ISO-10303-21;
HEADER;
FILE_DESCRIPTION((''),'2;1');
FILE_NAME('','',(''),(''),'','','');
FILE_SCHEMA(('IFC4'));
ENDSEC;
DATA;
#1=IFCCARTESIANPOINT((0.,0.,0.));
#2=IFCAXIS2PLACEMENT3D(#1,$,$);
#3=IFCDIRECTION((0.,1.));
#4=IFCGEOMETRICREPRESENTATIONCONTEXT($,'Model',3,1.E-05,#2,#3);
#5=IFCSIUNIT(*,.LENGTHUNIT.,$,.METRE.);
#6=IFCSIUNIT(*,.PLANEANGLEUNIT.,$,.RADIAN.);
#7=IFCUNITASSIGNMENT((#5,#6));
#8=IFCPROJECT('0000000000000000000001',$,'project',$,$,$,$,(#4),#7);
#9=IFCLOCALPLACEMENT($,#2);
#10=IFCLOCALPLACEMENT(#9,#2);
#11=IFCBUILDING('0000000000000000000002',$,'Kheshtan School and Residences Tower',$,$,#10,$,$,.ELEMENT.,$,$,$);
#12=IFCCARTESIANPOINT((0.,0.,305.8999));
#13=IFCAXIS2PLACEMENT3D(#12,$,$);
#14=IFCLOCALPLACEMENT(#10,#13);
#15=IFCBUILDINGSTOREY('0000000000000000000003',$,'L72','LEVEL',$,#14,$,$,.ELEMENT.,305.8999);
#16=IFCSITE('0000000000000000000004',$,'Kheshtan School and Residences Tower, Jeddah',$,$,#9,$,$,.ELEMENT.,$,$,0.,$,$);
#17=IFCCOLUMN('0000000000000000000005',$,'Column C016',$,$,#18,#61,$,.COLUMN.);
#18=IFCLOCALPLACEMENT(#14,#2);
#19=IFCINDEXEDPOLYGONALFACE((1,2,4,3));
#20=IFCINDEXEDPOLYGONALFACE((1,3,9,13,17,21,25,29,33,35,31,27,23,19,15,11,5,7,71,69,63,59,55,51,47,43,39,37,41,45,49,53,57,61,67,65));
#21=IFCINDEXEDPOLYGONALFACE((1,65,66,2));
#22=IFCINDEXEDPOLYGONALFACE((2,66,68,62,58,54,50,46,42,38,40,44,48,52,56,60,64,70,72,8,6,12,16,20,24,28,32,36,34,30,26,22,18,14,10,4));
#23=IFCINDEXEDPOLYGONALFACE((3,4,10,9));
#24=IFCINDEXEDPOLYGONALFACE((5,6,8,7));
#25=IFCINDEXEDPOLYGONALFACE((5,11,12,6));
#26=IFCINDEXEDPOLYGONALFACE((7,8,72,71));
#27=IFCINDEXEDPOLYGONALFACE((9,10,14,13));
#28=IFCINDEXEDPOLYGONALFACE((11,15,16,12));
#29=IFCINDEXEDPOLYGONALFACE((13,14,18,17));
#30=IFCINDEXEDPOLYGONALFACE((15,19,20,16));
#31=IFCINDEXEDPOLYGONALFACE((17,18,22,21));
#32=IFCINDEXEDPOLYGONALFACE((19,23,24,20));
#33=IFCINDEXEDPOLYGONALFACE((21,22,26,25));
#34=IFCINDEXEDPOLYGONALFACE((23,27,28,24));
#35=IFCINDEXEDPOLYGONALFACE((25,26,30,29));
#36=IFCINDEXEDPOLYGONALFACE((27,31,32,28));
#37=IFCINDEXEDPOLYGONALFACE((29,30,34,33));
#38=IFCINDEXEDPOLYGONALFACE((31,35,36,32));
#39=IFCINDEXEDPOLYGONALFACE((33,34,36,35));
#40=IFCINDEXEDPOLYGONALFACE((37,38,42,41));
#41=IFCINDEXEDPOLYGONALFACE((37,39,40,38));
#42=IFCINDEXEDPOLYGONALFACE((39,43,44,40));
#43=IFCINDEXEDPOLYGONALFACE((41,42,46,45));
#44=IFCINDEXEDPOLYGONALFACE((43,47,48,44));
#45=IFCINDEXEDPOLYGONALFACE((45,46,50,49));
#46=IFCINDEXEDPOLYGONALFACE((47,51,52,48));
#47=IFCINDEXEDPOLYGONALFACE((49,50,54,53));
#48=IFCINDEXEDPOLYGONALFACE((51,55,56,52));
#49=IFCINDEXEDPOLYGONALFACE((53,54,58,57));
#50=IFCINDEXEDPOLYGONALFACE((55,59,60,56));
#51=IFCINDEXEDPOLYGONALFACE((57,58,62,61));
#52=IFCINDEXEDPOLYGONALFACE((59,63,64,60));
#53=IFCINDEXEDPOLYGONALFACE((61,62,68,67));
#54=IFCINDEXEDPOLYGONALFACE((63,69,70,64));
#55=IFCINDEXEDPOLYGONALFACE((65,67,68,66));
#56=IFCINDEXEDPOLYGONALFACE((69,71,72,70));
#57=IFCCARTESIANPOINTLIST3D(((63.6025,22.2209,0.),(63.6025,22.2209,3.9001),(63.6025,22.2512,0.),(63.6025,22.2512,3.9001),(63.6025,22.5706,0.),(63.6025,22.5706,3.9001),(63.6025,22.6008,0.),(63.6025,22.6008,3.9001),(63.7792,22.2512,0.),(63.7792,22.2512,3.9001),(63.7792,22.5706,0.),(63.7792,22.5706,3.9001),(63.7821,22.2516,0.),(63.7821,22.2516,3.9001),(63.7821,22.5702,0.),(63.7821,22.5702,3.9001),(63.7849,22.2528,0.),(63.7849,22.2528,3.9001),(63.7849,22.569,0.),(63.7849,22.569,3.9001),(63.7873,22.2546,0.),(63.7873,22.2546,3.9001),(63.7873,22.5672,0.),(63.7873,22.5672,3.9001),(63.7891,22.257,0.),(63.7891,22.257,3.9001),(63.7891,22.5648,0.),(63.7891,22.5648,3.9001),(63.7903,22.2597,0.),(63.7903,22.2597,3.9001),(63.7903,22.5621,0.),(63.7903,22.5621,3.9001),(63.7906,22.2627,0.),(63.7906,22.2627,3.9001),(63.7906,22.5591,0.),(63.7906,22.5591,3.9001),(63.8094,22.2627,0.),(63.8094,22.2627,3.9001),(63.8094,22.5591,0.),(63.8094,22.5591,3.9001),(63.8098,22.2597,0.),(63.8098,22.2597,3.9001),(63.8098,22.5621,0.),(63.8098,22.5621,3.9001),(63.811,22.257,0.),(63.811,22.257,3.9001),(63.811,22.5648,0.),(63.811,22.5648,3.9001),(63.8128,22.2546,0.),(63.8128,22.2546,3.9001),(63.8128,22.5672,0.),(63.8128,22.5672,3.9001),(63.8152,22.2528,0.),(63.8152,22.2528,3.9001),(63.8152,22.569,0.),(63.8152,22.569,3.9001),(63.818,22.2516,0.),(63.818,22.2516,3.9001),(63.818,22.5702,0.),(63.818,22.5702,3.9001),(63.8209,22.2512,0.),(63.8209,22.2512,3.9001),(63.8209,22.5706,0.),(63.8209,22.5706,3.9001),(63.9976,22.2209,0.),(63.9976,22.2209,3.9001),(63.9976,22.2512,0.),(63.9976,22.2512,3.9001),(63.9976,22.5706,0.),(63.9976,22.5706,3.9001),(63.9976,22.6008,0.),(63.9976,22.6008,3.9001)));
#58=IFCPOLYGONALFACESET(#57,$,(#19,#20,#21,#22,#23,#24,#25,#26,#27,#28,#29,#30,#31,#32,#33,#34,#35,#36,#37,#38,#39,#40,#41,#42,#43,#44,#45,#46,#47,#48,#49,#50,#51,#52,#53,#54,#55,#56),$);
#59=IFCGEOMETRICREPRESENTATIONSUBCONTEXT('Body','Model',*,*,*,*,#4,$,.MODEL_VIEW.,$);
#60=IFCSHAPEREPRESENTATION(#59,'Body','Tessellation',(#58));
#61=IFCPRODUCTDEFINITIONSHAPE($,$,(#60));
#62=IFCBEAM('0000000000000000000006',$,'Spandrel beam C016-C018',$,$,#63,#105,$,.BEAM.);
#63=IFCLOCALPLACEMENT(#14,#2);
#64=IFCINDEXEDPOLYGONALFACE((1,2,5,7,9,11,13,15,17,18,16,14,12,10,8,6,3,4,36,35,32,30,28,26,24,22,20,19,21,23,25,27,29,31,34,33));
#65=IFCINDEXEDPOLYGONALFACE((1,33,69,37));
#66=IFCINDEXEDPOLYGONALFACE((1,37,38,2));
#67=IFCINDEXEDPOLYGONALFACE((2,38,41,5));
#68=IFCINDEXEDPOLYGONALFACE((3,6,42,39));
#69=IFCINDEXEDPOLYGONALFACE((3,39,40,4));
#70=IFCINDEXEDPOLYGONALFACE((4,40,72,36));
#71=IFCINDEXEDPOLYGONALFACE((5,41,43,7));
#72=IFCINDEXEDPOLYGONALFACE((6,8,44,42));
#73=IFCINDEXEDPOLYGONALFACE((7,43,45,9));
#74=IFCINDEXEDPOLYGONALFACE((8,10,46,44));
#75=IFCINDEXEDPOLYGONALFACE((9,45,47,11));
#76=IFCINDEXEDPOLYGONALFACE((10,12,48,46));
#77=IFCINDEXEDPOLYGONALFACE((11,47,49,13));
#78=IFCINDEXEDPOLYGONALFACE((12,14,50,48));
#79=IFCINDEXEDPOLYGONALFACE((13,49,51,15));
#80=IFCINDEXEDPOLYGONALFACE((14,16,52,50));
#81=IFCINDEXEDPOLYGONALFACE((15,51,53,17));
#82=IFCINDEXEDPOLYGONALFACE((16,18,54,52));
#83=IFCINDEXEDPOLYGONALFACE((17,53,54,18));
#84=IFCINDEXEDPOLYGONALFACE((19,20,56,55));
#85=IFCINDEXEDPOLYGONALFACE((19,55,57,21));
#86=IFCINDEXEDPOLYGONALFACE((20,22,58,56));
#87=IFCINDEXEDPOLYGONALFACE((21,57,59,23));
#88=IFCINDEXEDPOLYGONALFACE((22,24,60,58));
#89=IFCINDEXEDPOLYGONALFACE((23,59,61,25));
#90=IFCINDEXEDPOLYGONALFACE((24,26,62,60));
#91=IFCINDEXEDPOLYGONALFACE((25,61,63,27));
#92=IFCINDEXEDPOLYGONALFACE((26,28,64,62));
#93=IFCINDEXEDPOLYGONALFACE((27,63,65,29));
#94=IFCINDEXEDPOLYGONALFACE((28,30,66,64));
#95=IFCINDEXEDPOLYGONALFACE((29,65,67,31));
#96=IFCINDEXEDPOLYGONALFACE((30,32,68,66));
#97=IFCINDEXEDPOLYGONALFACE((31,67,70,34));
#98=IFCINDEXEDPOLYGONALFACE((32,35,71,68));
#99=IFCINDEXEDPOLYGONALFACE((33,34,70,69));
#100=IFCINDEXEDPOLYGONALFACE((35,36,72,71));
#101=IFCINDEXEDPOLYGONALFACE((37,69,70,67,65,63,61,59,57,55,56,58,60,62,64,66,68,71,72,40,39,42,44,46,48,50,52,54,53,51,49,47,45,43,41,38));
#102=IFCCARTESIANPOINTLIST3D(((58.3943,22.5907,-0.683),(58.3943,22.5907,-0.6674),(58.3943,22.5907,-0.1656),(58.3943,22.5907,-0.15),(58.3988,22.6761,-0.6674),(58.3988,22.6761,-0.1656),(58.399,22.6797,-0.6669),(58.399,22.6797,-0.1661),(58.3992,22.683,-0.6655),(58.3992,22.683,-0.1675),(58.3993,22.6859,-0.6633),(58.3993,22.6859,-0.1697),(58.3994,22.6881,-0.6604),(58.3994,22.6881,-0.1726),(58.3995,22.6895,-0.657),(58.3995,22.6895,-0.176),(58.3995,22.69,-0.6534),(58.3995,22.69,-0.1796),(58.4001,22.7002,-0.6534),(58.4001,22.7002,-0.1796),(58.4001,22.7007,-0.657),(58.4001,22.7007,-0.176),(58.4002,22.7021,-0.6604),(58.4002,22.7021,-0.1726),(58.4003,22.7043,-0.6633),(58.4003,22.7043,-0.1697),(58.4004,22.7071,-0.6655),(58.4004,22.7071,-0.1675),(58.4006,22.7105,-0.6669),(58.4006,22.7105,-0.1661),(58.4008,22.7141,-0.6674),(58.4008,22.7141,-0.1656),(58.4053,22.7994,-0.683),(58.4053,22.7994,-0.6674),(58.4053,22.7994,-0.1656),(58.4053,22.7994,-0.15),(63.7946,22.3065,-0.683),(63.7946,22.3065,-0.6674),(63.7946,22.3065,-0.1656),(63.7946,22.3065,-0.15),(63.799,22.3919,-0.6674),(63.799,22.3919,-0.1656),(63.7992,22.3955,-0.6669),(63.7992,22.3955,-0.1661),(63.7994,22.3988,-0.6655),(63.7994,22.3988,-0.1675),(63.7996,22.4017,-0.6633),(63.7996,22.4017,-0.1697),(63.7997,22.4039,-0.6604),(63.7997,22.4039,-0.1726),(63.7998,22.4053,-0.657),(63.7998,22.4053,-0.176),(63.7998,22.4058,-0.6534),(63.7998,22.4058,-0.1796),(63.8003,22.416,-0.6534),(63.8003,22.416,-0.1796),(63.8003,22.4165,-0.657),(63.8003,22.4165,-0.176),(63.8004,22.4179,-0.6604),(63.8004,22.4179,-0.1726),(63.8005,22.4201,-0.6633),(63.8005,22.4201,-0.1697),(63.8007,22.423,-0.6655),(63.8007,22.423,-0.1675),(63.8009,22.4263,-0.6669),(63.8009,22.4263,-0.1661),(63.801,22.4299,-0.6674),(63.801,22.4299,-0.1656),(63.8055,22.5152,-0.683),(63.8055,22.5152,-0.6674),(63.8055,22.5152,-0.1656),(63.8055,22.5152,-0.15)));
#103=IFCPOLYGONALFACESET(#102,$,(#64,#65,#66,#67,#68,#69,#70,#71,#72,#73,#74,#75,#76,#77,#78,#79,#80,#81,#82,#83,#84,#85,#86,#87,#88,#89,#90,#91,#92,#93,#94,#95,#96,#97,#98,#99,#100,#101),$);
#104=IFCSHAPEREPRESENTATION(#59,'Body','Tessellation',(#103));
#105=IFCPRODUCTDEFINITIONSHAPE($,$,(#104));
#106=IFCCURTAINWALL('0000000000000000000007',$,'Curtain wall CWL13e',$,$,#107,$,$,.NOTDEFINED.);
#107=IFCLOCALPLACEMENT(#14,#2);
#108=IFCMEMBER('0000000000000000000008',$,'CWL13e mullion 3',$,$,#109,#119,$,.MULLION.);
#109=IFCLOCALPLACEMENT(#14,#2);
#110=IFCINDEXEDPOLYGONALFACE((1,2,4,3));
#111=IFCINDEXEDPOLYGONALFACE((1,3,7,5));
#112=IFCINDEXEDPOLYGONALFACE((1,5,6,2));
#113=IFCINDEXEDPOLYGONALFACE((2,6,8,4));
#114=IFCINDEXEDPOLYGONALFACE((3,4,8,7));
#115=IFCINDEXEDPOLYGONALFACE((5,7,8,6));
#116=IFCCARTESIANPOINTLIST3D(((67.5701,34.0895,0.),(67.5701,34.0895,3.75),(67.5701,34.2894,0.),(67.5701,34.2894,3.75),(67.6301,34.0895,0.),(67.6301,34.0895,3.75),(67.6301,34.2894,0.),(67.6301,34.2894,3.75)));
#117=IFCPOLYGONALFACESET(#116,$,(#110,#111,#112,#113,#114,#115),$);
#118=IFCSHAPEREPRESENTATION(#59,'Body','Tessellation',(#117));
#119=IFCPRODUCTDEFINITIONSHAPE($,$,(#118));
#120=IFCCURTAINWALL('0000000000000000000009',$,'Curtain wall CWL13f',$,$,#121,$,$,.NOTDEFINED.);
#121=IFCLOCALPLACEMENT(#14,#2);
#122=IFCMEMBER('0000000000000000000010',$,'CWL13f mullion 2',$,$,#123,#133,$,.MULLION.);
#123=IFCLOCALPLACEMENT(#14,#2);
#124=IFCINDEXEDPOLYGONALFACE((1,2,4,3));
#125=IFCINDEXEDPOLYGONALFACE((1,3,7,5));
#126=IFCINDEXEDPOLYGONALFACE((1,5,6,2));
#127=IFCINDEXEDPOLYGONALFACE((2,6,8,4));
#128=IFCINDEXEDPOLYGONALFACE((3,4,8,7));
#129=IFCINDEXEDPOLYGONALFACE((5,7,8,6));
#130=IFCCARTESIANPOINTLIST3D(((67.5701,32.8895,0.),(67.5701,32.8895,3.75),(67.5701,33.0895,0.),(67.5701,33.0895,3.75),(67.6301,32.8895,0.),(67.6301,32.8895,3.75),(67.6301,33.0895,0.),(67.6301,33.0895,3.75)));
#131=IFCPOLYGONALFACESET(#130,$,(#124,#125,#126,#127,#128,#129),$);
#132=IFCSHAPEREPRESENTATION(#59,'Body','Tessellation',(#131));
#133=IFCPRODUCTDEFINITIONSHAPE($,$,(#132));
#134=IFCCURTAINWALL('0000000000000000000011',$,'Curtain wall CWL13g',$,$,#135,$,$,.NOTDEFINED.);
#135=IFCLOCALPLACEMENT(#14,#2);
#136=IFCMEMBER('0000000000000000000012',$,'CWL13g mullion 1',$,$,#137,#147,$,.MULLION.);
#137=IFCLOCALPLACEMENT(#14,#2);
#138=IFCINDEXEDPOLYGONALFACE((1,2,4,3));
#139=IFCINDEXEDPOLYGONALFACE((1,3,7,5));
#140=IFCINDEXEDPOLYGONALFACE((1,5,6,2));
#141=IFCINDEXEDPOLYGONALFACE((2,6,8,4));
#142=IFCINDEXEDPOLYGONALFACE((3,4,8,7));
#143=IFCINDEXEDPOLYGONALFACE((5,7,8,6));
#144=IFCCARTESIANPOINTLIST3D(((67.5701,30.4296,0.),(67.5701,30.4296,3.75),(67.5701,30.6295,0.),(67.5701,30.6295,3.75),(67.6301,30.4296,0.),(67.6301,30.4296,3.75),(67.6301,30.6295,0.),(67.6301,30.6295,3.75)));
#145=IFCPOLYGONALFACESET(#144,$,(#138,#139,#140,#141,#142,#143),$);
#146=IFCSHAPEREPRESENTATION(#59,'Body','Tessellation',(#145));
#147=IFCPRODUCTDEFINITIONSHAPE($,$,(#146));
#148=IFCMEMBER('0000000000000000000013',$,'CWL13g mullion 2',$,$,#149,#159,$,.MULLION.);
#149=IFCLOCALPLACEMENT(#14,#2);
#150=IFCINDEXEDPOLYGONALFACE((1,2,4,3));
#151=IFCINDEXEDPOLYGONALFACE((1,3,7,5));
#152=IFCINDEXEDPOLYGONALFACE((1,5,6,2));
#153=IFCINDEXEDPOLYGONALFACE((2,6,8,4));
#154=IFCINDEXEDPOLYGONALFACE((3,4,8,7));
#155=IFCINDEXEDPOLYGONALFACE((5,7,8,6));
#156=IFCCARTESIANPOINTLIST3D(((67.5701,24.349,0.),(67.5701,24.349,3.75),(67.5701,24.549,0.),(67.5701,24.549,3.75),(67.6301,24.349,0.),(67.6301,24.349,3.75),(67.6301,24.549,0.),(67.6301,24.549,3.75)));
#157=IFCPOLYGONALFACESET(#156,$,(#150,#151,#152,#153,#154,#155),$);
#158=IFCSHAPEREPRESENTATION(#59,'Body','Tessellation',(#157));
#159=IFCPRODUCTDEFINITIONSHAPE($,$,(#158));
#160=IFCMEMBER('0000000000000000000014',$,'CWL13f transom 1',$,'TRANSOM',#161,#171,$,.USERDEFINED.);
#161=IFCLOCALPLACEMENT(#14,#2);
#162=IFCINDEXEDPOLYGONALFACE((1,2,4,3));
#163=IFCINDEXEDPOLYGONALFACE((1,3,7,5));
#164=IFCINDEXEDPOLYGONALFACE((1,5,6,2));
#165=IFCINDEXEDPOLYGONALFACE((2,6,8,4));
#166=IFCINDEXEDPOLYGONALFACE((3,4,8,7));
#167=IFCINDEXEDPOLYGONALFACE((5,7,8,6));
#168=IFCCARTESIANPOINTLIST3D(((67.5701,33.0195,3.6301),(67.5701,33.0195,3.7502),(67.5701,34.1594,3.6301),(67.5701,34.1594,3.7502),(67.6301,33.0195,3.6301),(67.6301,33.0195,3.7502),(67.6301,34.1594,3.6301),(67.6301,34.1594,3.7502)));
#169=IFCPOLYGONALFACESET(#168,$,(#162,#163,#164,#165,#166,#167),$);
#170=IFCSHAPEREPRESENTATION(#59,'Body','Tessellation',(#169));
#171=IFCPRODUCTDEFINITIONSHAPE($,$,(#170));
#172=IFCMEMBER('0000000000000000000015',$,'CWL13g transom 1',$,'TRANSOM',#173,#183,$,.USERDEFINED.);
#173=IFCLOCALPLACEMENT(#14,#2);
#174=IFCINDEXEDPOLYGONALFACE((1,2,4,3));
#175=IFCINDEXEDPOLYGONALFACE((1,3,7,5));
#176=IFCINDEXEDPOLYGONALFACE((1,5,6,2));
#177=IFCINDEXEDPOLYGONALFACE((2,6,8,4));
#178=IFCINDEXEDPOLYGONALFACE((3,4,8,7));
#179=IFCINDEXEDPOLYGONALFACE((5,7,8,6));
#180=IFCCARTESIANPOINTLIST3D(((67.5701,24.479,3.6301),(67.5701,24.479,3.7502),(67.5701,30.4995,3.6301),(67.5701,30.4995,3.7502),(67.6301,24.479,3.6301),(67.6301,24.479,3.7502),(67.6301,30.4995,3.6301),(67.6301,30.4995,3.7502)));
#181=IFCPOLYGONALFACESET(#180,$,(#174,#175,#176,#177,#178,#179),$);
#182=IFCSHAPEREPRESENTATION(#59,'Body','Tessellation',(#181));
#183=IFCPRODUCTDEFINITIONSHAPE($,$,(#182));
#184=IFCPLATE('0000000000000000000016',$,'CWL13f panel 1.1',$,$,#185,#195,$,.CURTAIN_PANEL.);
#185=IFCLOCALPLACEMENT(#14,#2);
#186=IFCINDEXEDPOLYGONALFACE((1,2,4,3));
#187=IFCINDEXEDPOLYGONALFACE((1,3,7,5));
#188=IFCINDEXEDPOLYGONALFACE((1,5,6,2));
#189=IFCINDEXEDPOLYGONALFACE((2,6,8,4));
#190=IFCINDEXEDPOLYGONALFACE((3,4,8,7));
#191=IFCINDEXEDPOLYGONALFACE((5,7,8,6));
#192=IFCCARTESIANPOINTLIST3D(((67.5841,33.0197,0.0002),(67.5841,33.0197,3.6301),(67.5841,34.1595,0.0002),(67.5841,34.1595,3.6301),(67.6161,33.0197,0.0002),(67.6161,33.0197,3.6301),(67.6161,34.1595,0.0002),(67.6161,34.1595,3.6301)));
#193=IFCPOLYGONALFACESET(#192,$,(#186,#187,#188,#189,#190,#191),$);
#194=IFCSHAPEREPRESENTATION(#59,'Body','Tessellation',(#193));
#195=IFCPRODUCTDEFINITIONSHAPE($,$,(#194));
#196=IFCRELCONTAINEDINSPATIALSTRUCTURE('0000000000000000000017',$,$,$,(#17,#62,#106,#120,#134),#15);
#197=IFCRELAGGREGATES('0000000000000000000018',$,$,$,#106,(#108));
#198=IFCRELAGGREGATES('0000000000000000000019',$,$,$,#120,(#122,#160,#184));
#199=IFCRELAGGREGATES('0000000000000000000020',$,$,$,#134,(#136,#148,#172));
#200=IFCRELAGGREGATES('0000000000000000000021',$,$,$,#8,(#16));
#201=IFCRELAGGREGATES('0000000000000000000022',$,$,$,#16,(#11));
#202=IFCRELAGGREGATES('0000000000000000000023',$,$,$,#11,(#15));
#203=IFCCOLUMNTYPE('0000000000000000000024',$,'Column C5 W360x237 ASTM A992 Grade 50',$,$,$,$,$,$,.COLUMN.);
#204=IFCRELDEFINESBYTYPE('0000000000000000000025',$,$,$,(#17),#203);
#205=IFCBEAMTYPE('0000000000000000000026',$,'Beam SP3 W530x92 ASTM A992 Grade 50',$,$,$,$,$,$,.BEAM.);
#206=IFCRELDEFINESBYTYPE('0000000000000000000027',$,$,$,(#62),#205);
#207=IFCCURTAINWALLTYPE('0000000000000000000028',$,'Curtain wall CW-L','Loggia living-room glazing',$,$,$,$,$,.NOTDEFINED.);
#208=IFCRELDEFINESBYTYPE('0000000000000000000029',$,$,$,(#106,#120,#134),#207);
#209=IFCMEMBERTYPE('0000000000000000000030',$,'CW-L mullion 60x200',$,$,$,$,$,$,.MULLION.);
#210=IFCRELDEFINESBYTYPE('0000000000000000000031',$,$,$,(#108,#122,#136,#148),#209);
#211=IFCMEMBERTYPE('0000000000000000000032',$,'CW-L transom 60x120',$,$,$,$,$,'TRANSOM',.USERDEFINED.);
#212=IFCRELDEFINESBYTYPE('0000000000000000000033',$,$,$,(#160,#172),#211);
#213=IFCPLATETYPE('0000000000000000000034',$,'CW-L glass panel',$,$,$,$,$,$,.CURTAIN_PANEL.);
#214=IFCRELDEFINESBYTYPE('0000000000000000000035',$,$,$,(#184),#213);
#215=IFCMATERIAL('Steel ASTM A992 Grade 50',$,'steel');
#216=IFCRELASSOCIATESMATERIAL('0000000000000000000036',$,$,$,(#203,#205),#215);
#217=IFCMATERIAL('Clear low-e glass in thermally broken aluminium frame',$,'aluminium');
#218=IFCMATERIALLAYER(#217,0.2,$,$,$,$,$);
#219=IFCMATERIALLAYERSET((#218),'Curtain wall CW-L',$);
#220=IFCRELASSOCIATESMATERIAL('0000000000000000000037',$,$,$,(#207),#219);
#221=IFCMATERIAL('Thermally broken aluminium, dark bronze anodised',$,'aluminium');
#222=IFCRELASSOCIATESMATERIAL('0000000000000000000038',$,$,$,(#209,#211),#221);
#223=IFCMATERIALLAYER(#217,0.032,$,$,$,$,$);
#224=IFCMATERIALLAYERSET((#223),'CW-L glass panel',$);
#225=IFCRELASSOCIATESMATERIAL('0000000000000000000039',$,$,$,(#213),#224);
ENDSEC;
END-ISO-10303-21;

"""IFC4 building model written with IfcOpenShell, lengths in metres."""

from ifc_helpers import new_model, si_unit, direction, frame, origin, origin_2d, place, context, subcontext, project, spatial, rectangle, i_section, extrude, material, layer, layer_set, material_profile, profile_set, type_object, element, aggregate, save


model = new_model("IFC4")

# Units and contexts
model_context = context("Model", 3, precision=1e-05, world=origin(), true_north=direction((0.0, 1.0)))
body_context = subcontext(model_context, "Body", "Model", "MODEL_VIEW")
ifc_project = project(units=[si_unit("LENGTHUNIT", "METRE"), si_unit("PLANEANGLEUNIT", "RADIAN")], contexts=[model_context])

# Site, building, storey
site_placement = place(None, origin())
site = spatial("IfcSite", under=ifc_project, at=site_placement, Name="Kheshtan School and Residences Tower, Jeddah", CompositionType="ELEMENT", RefElevation=0.0)
building_placement = place(site_placement, origin())
building = spatial("IfcBuilding", under=site, at=building_placement, Name="Kheshtan School and Residences Tower", CompositionType="ELEMENT")
storey_placement = place(building_placement, frame((0.0, 0.0, 305.8999)))
storey = spatial("IfcBuildingStorey", under=building, at=storey_placement, Name="L72", Description="LEVEL", CompositionType="ELEMENT", Elevation=305.8999)

# Column
ifc_material_1 = material(Name="Steel ASTM A992 Grade 50", Category="steel")
ifc_material_profile_1 = material_profile(ifc_material_1, i_section(OverallWidth=0.395, OverallDepth=0.3799, WebThickness=0.0188, FlangeThickness=0.0303, FilletRadius=0.0115, at=origin_2d()), Name="W360x237")
ifc_profile_set_1 = profile_set([ifc_material_profile_1], Name="Steel ASTM A992 Grade 50")
column_type = type_object("IfcColumnType", Name="Column C5 W360x237 ASTM A992 Grade 50", PredefinedType="COLUMN", material=ifc_profile_set_1)
column_placement = place(storey_placement, frame((63.8, 22.4109, 0.0), z_axis=(0.0, 0.0, 1.0), x_axis=(1.0, 0.0, 0.0)))
element("IfcColumn", 1, at=column_placement, inside=storey, type_object=column_type, Name="Column C016", PredefinedType="COLUMN", context=body_context, shape_type="SweptSolid", body=[
    extrude(i_section(OverallWidth=0.395, OverallDepth=0.3799, WebThickness=0.0188, FlangeThickness=0.0303, FilletRadius=0.0115, at=origin_2d()), origin(), (0.0, 0.0, 1.0), 3.9001),
])

# Beam
ifc_material_profile_2 = material_profile(ifc_material_1, i_section(OverallWidth=0.209, OverallDepth=0.533, WebThickness=0.0103, FlangeThickness=0.0156, FilletRadius=0.0139, at=origin_2d()), Name="W530x92")
ifc_profile_set_2 = profile_set([ifc_material_profile_2], Name="Steel ASTM A992 Grade 50")
beam_type = type_object("IfcBeamType", Name="Beam SP3 W530x92 ASTM A992 Grade 50", PredefinedType="BEAM", material=ifc_profile_set_2)
beam_placement = place(storey_placement, frame((63.8, 22.4109, -0.4165), z_axis=(-0.998618, 0.052552, 0.0), x_axis=(-0.052552, -0.998618, 0.0)))
element("IfcBeam", 2, at=beam_placement, inside=storey, type_object=beam_type, Name="Spandrel beam C016-C018", PredefinedType="BEAM", context=body_context, shape_type="SweptSolid", body=[
    extrude(i_section(OverallWidth=0.209, OverallDepth=0.533, WebThickness=0.0103, FlangeThickness=0.0156, FilletRadius=0.0139, at=origin_2d()), origin(), (0.0, 0.0, 1.0), 5.4077),
])

# Curtain walls, members
ifc_material_2 = material(Name="Clear low-e glass in thermally broken aluminium frame", Category="aluminium")
ifc_layer_1 = layer(ifc_material_2, 0.2)
ifc_layer_set_1 = layer_set([ifc_layer_1], Name="Curtain wall CW-L")
curtain_wall_type = type_object("IfcCurtainWallType", Name="Curtain wall CW-L", Description="Loggia living-room glazing", PredefinedType="NOTDEFINED", material=ifc_layer_set_1)
curtain_wall_1_placement = place(storey_placement, origin())
curtain_wall_1 = element("IfcCurtainWall", 3, at=curtain_wall_1_placement, inside=storey, type_object=curtain_wall_type, Name="Curtain wall CWL13e", PredefinedType="NOTDEFINED")
ifc_material_3 = material(Name="Thermally broken aluminium, dark bronze anodised", Category="aluminium")
ifc_material_profile_3 = material_profile(ifc_material_3, rectangle(XDim=0.0601, YDim=0.2, at=origin_2d()), Name="CW-L mullion 60x200")
ifc_profile_set_3 = profile_set([ifc_material_profile_3], Name="Thermally broken aluminium, dark bronze anodised")
member_type_1 = type_object("IfcMemberType", Name="CW-L mullion 60x200", PredefinedType="MULLION", material=ifc_profile_set_3)
member_1_placement = place(storey_placement, frame((67.6001, 34.1895, 0.0), z_axis=(0.0, 0.0, 1.0), x_axis=(1.0, 0.0, 0.0)))
member_1 = element("IfcMember", 4, at=member_1_placement, type_object=member_type_1, Name="CWL13e mullion 3", PredefinedType="MULLION", context=body_context, shape_type="SweptSolid", body=[
    extrude(rectangle(XDim=0.0601, YDim=0.2, at=origin_2d()), origin(), (0.0, 0.0, 1.0), 3.75),
])
aggregate(curtain_wall_1, [member_1])
curtain_wall_2_placement = place(storey_placement, origin())
curtain_wall_2 = element("IfcCurtainWall", 5, at=curtain_wall_2_placement, inside=storey, type_object=curtain_wall_type, Name="Curtain wall CWL13f", PredefinedType="NOTDEFINED")
member_2_placement = place(storey_placement, frame((67.6001, 32.9895, 0.0), z_axis=(0.0, 0.0, 1.0), x_axis=(1.0, 0.0, 0.0)))
member_2 = element("IfcMember", 6, at=member_2_placement, type_object=member_type_1, Name="CWL13f mullion 2", PredefinedType="MULLION", context=body_context, shape_type="SweptSolid", body=[
    extrude(rectangle(XDim=0.0601, YDim=0.2, at=origin_2d()), origin(), (0.0, 0.0, 1.0), 3.75),
])

# Curtain wall, members
curtain_wall_3_placement = place(storey_placement, origin())
curtain_wall_3 = element("IfcCurtainWall", 7, at=curtain_wall_3_placement, inside=storey, type_object=curtain_wall_type, Name="Curtain wall CWL13g", PredefinedType="NOTDEFINED")
member_3_placement = place(storey_placement, frame((67.6001, 30.5295, 0.0), z_axis=(0.0, 0.0, 1.0), x_axis=(1.0, 0.0, 0.0)))
member_3 = element("IfcMember", 8, at=member_3_placement, type_object=member_type_1, Name="CWL13g mullion 1", PredefinedType="MULLION", context=body_context, shape_type="SweptSolid", body=[
    extrude(rectangle(XDim=0.0601, YDim=0.2, at=origin_2d()), origin(), (0.0, 0.0, 1.0), 3.75),
])
member_4_placement = place(storey_placement, frame((67.6001, 24.449, 0.0), z_axis=(0.0, 0.0, 1.0), x_axis=(1.0, 0.0, 0.0)))
member_4 = element("IfcMember", 9, at=member_4_placement, type_object=member_type_1, Name="CWL13g mullion 2", PredefinedType="MULLION", context=body_context, shape_type="SweptSolid", body=[
    extrude(rectangle(XDim=0.0601, YDim=0.2, at=origin_2d()), origin(), (0.0, 0.0, 1.0), 3.75),
])

# Members
ifc_material_profile_4 = material_profile(ifc_material_3, rectangle(XDim=0.0601, YDim=0.1201, at=origin_2d()), Name="CW-L transom 60x120")
ifc_profile_set_4 = profile_set([ifc_material_profile_4], Name="Thermally broken aluminium, dark bronze anodised")
member_type_2 = type_object("IfcMemberType", Name="CW-L transom 60x120", ElementType="TRANSOM", PredefinedType="USERDEFINED", material=ifc_profile_set_4)
member_5_placement = place(storey_placement, frame((67.6001, 34.1594, 3.6902), z_axis=(0.0, -1.0, 0.0), x_axis=(1.0, 0.0, 0.0)))
member_5 = element("IfcMember", 10, at=member_5_placement, type_object=member_type_2, Name="CWL13f transom 1", ObjectType="TRANSOM", PredefinedType="USERDEFINED", context=body_context, shape_type="SweptSolid", body=[
    extrude(rectangle(XDim=0.0601, YDim=0.1201, at=origin_2d()), origin(), (0.0, 0.0, 1.0), 1.1399),
])
member_6_placement = place(storey_placement, frame((67.6001, 30.4995, 3.6902), z_axis=(0.0, -1.0, 0.0), x_axis=(1.0, 0.0, 0.0)))
member_6 = element("IfcMember", 11, at=member_6_placement, type_object=member_type_2, Name="CWL13g transom 1", ObjectType="TRANSOM", PredefinedType="USERDEFINED", context=body_context, shape_type="SweptSolid", body=[
    extrude(rectangle(XDim=0.0601, YDim=0.1201, at=origin_2d()), origin(), (0.0, 0.0, 1.0), 6.0205),
])

# Plate
ifc_layer_2 = layer(ifc_material_2, 0.032)
ifc_layer_set_2 = layer_set([ifc_layer_2], Name="CW-L glass panel")
plate_type = type_object("IfcPlateType", Name="CW-L glass panel", PredefinedType="CURTAIN_PANEL", material=ifc_layer_set_2)
plate_1_placement = place(storey_placement, frame((67.6001, 33.5896, 0.0002), z_axis=(0.0, 0.0, 1.0), x_axis=(0.0, -1.0, 0.0)))
plate_1 = element("IfcPlate", 12, at=plate_1_placement, type_object=plate_type, Name="CWL13f panel 1.1", PredefinedType="CURTAIN_PANEL", context=body_context, shape_type="SweptSolid", body=[
    extrude(rectangle(XDim=1.1399, YDim=0.032, at=origin_2d()), origin(), (0.0, 0.0, 1.0), 3.6299),
])
aggregate(curtain_wall_2, [member_2, member_5, plate_1])
aggregate(curtain_wall_3, [member_3, member_4, member_6])

save(model, "model.ifc")
